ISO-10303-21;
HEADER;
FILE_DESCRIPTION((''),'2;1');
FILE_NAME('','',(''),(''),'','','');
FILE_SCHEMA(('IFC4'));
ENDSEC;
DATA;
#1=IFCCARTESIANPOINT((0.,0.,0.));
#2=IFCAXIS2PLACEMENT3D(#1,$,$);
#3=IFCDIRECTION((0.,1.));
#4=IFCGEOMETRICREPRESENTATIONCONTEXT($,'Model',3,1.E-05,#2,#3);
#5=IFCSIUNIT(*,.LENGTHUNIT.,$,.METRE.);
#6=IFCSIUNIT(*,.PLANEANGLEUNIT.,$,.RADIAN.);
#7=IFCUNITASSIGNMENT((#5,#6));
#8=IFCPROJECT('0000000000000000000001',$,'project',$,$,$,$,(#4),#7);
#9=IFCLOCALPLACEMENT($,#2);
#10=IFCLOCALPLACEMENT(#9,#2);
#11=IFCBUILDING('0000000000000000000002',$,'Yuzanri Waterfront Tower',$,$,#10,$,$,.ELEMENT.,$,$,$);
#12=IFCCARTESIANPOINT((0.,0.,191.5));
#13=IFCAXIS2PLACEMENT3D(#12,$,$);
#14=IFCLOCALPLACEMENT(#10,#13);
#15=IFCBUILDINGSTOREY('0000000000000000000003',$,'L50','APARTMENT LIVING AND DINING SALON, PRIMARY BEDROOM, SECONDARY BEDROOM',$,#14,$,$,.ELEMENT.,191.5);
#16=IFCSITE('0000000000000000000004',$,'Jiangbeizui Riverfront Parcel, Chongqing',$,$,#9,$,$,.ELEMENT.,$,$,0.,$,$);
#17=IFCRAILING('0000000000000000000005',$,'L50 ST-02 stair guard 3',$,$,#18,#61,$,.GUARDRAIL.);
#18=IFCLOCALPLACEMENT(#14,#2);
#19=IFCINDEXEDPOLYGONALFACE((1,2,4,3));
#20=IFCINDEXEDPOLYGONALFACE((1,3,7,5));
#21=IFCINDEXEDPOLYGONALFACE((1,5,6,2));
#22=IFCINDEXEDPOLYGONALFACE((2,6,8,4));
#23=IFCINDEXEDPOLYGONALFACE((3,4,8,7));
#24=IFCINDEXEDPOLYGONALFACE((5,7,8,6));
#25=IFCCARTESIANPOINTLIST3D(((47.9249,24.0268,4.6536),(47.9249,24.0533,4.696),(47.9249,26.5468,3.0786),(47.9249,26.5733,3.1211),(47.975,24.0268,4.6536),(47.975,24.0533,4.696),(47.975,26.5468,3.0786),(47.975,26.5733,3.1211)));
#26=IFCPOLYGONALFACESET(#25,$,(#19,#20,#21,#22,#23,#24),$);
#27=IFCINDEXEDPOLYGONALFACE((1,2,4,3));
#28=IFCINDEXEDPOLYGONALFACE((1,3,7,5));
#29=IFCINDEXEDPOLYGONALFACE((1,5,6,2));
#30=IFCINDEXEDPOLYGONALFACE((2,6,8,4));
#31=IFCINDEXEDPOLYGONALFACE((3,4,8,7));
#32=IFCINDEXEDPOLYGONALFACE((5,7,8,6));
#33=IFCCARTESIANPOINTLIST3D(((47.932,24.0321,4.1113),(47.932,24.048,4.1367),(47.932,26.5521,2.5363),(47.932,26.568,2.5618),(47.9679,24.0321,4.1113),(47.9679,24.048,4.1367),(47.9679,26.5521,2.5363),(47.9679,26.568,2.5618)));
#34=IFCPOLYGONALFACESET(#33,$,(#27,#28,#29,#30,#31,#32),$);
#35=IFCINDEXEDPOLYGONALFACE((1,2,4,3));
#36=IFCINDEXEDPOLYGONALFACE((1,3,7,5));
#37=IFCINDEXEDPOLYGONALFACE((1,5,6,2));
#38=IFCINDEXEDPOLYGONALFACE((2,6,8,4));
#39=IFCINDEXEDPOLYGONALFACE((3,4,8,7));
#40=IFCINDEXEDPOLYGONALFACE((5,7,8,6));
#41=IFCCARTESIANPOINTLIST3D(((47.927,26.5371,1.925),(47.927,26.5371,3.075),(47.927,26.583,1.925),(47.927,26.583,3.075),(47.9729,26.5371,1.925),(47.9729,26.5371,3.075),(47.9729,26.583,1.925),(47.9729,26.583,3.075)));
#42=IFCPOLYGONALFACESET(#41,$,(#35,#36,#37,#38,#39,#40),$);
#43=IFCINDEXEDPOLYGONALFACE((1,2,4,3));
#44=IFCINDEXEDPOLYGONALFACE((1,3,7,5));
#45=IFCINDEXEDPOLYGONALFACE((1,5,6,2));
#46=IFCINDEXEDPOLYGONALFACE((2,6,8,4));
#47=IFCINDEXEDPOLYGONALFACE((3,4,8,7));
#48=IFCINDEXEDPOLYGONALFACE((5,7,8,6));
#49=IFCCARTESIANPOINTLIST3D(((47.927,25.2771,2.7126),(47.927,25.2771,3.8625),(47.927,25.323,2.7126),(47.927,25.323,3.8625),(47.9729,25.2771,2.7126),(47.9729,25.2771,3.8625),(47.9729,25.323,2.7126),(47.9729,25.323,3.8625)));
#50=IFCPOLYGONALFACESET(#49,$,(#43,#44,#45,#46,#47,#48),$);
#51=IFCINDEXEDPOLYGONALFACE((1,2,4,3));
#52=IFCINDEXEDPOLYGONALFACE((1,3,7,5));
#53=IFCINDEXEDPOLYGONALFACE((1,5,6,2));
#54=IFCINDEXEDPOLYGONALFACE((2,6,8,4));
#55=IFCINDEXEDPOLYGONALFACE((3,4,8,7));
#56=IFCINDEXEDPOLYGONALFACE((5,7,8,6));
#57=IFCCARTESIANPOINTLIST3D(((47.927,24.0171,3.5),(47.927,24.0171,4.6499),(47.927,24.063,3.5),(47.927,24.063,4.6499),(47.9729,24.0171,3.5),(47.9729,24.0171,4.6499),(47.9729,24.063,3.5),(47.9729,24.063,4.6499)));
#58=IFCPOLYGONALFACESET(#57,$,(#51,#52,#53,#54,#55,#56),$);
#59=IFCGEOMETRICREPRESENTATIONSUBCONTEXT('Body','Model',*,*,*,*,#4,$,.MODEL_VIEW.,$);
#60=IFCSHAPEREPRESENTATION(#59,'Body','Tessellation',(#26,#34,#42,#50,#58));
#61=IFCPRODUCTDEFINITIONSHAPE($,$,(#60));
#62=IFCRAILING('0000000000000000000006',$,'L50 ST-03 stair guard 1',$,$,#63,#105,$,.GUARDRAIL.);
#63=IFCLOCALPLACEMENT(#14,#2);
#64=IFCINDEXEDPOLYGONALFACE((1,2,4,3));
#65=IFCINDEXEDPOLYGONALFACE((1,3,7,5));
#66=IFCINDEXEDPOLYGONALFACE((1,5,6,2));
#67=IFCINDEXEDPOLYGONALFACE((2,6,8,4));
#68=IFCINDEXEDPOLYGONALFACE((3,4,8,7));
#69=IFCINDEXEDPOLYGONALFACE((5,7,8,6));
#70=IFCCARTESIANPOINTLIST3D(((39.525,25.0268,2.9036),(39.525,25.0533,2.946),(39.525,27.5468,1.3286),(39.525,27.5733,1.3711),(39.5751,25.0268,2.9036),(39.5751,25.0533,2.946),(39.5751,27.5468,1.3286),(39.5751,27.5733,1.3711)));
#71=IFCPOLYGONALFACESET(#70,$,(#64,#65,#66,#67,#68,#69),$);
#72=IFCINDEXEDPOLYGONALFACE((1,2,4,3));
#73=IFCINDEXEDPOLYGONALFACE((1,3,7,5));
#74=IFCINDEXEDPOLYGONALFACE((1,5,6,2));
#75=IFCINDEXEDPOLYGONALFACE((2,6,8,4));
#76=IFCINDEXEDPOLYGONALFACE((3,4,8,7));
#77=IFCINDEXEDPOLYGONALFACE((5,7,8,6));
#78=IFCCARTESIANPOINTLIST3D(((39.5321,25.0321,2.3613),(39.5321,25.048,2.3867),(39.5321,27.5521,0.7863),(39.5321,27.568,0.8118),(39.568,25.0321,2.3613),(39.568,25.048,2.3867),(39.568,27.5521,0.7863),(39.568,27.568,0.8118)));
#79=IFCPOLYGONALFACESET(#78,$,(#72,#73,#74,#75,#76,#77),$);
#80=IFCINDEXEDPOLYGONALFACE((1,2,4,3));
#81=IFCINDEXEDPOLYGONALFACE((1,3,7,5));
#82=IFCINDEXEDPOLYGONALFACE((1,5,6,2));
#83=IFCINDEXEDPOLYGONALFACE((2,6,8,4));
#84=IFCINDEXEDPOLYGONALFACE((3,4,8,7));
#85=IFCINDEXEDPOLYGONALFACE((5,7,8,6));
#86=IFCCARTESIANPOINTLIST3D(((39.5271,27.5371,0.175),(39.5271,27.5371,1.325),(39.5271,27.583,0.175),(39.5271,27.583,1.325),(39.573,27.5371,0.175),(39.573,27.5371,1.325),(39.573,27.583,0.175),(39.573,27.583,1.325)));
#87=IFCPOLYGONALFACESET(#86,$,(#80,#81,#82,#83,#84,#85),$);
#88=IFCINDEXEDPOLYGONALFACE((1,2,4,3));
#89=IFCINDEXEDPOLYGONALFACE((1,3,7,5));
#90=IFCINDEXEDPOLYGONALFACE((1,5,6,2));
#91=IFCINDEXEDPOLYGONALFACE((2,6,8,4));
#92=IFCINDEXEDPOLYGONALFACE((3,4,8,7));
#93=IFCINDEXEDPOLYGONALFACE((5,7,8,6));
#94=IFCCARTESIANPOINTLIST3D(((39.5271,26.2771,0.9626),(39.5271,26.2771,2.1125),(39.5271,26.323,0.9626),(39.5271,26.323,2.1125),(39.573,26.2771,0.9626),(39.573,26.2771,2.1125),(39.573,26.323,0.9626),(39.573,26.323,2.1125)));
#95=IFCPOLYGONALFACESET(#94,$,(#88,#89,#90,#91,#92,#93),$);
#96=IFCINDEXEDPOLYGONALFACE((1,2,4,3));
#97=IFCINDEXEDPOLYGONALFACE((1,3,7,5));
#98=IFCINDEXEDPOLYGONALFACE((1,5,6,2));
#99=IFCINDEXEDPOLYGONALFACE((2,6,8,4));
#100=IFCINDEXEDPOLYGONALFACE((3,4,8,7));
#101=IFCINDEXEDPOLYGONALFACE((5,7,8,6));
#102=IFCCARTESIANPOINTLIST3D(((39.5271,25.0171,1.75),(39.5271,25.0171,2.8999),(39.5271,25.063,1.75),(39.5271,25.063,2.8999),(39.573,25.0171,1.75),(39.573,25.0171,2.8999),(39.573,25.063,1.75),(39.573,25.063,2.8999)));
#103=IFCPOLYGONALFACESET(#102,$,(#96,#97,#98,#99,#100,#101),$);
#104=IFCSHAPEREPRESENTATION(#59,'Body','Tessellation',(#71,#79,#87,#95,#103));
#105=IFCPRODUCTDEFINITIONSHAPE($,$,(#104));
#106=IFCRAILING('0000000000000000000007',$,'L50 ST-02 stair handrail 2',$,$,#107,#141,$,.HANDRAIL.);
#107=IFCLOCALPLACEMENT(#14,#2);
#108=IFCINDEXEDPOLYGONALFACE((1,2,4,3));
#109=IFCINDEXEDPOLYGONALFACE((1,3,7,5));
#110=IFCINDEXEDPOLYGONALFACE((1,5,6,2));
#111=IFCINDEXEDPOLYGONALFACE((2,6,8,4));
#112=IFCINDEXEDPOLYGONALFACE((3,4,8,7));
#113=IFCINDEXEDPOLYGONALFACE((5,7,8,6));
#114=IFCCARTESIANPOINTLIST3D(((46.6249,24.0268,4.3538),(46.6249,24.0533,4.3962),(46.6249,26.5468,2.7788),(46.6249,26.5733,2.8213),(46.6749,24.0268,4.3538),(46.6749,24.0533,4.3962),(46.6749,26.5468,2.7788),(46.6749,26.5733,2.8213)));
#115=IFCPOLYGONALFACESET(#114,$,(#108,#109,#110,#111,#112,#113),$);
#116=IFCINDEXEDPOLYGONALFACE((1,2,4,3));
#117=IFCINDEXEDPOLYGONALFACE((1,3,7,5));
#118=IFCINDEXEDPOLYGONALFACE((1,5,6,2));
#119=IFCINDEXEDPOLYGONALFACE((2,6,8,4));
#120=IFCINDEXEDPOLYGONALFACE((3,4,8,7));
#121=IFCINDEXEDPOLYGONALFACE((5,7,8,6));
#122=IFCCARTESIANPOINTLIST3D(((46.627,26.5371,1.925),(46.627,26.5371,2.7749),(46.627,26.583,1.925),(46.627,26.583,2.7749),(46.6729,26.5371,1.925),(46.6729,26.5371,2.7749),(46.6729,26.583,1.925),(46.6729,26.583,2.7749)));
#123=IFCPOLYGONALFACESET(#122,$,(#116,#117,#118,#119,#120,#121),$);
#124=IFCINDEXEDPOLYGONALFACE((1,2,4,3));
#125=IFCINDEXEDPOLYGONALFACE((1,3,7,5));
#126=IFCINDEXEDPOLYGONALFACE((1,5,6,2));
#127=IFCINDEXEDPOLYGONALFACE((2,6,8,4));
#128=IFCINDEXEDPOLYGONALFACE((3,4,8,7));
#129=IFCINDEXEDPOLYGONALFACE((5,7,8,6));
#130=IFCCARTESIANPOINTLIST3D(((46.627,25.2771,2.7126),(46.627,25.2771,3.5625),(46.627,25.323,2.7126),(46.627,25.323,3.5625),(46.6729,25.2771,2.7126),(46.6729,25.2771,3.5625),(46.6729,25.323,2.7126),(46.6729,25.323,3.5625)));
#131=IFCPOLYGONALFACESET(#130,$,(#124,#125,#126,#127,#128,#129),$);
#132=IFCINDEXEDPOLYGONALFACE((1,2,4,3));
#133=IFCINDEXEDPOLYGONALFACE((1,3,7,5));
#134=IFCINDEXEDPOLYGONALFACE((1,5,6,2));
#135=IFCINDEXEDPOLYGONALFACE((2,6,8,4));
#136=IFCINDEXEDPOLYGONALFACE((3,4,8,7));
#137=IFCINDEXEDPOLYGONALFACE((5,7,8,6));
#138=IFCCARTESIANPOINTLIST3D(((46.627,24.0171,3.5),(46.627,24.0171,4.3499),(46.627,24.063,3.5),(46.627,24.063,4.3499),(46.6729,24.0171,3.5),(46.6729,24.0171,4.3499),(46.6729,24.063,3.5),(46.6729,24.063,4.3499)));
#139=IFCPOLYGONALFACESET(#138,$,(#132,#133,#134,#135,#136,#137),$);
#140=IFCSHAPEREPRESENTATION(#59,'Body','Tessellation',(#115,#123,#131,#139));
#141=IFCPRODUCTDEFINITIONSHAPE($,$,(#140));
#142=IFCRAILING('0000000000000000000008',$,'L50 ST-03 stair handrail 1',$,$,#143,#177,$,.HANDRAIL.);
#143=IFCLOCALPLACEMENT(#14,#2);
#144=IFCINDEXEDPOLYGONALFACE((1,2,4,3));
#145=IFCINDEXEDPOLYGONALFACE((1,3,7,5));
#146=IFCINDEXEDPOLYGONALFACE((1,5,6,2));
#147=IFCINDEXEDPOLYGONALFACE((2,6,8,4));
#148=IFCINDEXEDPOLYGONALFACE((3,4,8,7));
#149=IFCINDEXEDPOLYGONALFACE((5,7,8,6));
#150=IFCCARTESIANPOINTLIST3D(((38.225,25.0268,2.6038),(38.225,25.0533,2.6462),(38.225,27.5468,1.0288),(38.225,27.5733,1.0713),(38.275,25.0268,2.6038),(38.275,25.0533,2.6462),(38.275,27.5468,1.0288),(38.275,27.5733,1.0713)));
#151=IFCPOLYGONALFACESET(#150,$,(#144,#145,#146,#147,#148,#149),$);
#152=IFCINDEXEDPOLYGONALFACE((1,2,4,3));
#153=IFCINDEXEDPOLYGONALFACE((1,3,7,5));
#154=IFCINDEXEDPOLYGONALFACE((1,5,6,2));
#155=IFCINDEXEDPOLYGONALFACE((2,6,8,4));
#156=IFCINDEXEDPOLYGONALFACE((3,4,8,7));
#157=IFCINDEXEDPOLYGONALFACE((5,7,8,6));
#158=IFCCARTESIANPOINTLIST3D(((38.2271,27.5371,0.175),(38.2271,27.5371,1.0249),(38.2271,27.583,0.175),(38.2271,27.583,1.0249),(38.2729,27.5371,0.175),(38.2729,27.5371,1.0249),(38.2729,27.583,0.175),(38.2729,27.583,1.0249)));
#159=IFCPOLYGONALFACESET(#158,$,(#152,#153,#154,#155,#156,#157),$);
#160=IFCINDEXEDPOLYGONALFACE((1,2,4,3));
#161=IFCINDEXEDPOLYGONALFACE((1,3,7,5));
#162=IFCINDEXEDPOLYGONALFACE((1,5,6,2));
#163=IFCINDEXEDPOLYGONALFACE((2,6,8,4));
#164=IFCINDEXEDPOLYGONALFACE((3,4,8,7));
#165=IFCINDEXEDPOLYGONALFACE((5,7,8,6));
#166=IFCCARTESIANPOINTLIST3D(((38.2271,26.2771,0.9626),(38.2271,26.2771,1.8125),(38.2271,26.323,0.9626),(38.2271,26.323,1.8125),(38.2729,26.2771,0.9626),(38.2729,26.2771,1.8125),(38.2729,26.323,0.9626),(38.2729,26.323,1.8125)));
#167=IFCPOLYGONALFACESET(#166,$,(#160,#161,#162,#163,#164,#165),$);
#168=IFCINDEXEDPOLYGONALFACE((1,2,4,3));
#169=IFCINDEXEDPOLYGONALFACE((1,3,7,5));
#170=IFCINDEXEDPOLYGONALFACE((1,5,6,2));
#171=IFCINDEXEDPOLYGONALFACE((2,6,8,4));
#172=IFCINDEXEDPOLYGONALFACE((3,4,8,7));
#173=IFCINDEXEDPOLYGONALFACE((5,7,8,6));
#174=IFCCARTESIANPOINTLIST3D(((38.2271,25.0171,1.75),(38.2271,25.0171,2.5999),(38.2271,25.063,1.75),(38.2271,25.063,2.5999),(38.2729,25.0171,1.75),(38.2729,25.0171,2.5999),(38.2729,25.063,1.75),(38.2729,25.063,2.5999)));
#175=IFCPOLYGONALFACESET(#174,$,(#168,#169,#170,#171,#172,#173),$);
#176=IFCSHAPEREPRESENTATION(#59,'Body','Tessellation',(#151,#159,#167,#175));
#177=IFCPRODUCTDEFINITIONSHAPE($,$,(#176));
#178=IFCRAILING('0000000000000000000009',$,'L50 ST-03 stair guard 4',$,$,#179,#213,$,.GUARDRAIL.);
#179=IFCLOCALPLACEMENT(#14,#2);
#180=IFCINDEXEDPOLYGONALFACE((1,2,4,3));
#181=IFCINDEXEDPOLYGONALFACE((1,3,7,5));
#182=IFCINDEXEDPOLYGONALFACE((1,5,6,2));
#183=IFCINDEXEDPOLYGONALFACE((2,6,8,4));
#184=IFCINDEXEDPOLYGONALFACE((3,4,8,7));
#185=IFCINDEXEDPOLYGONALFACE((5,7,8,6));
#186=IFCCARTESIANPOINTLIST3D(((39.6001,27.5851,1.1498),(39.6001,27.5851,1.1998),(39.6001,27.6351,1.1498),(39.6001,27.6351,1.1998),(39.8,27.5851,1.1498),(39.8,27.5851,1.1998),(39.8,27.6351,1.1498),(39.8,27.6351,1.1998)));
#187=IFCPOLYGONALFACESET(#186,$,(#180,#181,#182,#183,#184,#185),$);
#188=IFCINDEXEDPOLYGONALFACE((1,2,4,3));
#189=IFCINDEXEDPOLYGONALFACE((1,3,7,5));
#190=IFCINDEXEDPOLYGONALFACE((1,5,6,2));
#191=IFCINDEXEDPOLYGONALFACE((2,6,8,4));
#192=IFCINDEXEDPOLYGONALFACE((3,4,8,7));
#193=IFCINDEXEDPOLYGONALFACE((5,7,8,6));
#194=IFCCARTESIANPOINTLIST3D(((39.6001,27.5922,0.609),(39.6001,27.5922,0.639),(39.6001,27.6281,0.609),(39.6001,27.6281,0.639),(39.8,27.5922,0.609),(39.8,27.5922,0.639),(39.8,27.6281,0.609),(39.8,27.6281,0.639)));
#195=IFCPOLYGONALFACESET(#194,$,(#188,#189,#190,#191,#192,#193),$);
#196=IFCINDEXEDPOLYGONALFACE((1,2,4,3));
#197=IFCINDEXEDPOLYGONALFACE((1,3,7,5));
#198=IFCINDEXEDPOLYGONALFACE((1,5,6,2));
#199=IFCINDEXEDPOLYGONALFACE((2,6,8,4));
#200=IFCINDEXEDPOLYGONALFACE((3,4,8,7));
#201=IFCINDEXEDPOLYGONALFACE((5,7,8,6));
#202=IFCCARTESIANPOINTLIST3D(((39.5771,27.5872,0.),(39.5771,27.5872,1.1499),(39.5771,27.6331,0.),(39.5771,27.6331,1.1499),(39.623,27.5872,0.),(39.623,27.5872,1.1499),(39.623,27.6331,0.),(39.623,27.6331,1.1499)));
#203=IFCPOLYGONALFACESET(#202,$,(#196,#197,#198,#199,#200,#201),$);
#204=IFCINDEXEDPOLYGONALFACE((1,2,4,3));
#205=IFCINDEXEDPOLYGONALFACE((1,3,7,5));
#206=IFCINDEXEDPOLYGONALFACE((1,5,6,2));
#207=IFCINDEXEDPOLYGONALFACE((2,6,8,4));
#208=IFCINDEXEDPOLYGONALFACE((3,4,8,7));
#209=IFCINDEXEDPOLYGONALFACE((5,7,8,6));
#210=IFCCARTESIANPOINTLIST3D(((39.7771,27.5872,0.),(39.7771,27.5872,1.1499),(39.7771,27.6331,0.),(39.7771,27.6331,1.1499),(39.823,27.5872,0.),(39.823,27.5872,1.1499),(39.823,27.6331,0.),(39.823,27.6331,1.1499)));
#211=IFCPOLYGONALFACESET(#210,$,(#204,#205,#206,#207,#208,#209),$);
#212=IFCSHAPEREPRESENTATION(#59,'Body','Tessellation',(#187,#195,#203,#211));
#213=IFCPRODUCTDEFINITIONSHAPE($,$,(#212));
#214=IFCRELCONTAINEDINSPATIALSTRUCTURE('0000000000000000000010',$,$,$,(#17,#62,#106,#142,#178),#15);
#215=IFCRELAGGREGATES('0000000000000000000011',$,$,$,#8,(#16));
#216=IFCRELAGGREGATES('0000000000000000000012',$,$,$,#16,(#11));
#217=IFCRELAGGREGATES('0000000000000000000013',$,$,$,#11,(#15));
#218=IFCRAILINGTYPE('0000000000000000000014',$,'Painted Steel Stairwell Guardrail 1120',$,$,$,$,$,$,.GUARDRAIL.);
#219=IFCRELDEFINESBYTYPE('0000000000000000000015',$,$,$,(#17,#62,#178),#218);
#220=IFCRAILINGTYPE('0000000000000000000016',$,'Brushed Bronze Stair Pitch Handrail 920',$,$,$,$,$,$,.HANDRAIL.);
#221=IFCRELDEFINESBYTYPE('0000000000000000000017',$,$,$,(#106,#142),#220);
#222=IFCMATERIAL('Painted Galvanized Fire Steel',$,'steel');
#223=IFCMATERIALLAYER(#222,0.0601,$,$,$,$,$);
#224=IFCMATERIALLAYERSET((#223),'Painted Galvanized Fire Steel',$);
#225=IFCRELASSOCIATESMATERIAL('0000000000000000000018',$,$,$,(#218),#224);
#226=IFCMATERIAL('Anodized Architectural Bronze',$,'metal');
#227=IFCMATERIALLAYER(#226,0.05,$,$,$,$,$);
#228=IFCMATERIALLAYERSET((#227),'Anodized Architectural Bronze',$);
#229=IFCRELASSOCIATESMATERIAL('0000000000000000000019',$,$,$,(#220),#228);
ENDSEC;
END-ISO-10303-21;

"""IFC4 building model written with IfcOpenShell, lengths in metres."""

from ifc_helpers import new_model, si_unit, direction, frame, origin, origin_2d, place, context, subcontext, project, spatial, rectangle, extrude, source, transform, mapped, material, layer, layer_set, type_object, element, save


model = new_model("IFC4")

# Units and contexts
model_context = context("Model", 3, precision=1e-05, world=origin(), true_north=direction((0.0, 1.0)))
body_context = subcontext(model_context, "Body", "Model", "MODEL_VIEW")
ifc_project = project(units=[si_unit("LENGTHUNIT", "METRE"), si_unit("PLANEANGLEUNIT", "RADIAN")], contexts=[model_context])

# Site, building, storey
site_placement = place(None, origin())
site = spatial("IfcSite", under=ifc_project, at=site_placement, Name="Jiangbeizui Riverfront Parcel, Chongqing", CompositionType="ELEMENT", RefElevation=0.0)
building_placement = place(site_placement, origin())
building = spatial("IfcBuilding", under=site, at=building_placement, Name="Yuzanri Waterfront Tower", CompositionType="ELEMENT")
storey_placement = place(building_placement, frame((0.0, 0.0, 191.5)))
storey = spatial("IfcBuildingStorey", under=building, at=storey_placement, Name="L50", Description="APARTMENT LIVING AND DINING SALON, PRIMARY BEDROOM, SECONDARY BEDROOM", CompositionType="ELEMENT", Elevation=191.5)

# Railings
ifc_material_1 = material(Name="Painted Galvanized Fire Steel", Category="steel")
ifc_layer_1 = layer(ifc_material_1, 0.0601)
ifc_layer_set_1 = layer_set([ifc_layer_1], Name="Painted Galvanized Fire Steel")
railing_type_1 = type_object("IfcRailingType", Name="Painted Steel Stairwell Guardrail 1120", PredefinedType="GUARDRAIL", material=ifc_layer_set_1)
shared_shape_1 = source(origin(), body_context, "Body", "SweptSolid", [
    extrude(rectangle(XDim=0.05, YDim=0.05, at=origin_2d()), frame((0.0, 0.0, 1.1748), z_axis=(0.0, -0.848008, 0.529984), x_axis=(1.0, 0.0, 0.0)), (0.0, 0.0, 1.0), 2.9717),
    extrude(rectangle(XDim=0.0359, YDim=0.03, at=origin_2d()), frame((0.0, 0.0, 0.624), z_axis=(0.0, -0.848008, 0.529984), x_axis=(1.0, 0.0, 0.0)), (0.0, 0.0, 1.0), 2.9717),
    extrude(rectangle(XDim=0.0459, YDim=0.0459, at=origin_2d()), origin(), (0.0, 0.0, 1.0), 1.1499),
    extrude(rectangle(XDim=0.0459, YDim=0.0459, at=origin_2d()), frame((0.0, -1.26, 0.7876)), (0.0, 0.0, 1.0), 1.1499),
    extrude(rectangle(XDim=0.0459, YDim=0.0459, at=origin_2d()), frame((0.0, -2.52, 1.575)), (0.0, 0.0, 1.0), 1.1499),
])
for number, where, name in (
    (1, (47.95, 26.5601, 1.925), "L50 ST-02 stair guard 3"),
    (2, (39.55, 27.5601, 0.175), "L50 ST-03 stair guard 1"),
):
    element("IfcRailing", number, at=place(storey_placement, frame(where)), inside=storey, type_object=railing_type_1, Name=name, PredefinedType="GUARDRAIL", context=body_context, shape_type="MappedRepresentation", body=[
        mapped(shared_shape_1, transform((0.0, 0.0, 0.0), scale=1.0)),
    ])
ifc_material_2 = material(Name="Anodized Architectural Bronze", Category="metal")
ifc_layer_2 = layer(ifc_material_2, 0.05)
ifc_layer_set_2 = layer_set([ifc_layer_2], Name="Anodized Architectural Bronze")
railing_type_2 = type_object("IfcRailingType", Name="Brushed Bronze Stair Pitch Handrail 920", PredefinedType="HANDRAIL", material=ifc_layer_set_2)
shared_shape_2 = source(origin(), body_context, "Body", "SweptSolid", [
    extrude(rectangle(XDim=0.05, YDim=0.05, at=origin_2d()), frame((0.0, 0.0, 0.875), z_axis=(0.0, -0.848008, 0.529984), x_axis=(1.0, 0.0, 0.0)), (0.0, 0.0, 1.0), 2.9717),
    extrude(rectangle(XDim=0.0459, YDim=0.0459, at=origin_2d()), origin(), (0.0, 0.0, 1.0), 0.8499),
    extrude(rectangle(XDim=0.0459, YDim=0.0459, at=origin_2d()), frame((0.0, -1.26, 0.7876)), (0.0, 0.0, 1.0), 0.8499),
    extrude(rectangle(XDim=0.0459, YDim=0.0459, at=origin_2d()), frame((0.0, -2.52, 1.575)), (0.0, 0.0, 1.0), 0.8499),
])
for number, where, name in (
    (3, (46.6499, 26.5601, 1.925), "L50 ST-02 stair handrail 2"),
    (4, (38.25, 27.5601, 0.175), "L50 ST-03 stair handrail 1"),
):
    element("IfcRailing", number, at=place(storey_placement, frame(where)), inside=storey, type_object=railing_type_2, Name=name, PredefinedType="HANDRAIL", context=body_context, shape_type="MappedRepresentation", body=[
        mapped(shared_shape_2, transform((0.0, 0.0, 0.0), scale=1.0)),
    ])
shared_shape_3 = source(origin(), body_context, "Body", "SweptSolid", [
    extrude(rectangle(XDim=0.05, YDim=0.05, at=origin_2d()), frame((0.0, 0.0, 1.1748), z_axis=(1.0, 0.0, 0.0), x_axis=(0.0, 1.0, 0.0)), (0.0, 0.0, 1.0), 0.2),
    extrude(rectangle(XDim=0.0359, YDim=0.03, at=origin_2d()), frame((0.0, 0.0, 0.624), z_axis=(1.0, 0.0, 0.0), x_axis=(0.0, 1.0, 0.0)), (0.0, 0.0, 1.0), 0.2),
    extrude(rectangle(XDim=0.0459, YDim=0.0459, at=origin_2d()), origin(), (0.0, 0.0, 1.0), 1.1499),
    extrude(rectangle(XDim=0.0459, YDim=0.0459, at=origin_2d()), frame((0.2, 0.0, 0.0)), (0.0, 0.0, 1.0), 1.1499),
])
railing_1_placement = place(storey_placement, frame((39.6001, 27.6101, 0.0)))
element("IfcRailing", 5, at=railing_1_placement, inside=storey, type_object=railing_type_1, Name="L50 ST-03 stair guard 4", PredefinedType="GUARDRAIL", context=body_context, shape_type="MappedRepresentation", body=[
    mapped(shared_shape_3, transform((0.0, 0.0, 0.0), scale=1.0)),
])

save(model, "model.ifc")
